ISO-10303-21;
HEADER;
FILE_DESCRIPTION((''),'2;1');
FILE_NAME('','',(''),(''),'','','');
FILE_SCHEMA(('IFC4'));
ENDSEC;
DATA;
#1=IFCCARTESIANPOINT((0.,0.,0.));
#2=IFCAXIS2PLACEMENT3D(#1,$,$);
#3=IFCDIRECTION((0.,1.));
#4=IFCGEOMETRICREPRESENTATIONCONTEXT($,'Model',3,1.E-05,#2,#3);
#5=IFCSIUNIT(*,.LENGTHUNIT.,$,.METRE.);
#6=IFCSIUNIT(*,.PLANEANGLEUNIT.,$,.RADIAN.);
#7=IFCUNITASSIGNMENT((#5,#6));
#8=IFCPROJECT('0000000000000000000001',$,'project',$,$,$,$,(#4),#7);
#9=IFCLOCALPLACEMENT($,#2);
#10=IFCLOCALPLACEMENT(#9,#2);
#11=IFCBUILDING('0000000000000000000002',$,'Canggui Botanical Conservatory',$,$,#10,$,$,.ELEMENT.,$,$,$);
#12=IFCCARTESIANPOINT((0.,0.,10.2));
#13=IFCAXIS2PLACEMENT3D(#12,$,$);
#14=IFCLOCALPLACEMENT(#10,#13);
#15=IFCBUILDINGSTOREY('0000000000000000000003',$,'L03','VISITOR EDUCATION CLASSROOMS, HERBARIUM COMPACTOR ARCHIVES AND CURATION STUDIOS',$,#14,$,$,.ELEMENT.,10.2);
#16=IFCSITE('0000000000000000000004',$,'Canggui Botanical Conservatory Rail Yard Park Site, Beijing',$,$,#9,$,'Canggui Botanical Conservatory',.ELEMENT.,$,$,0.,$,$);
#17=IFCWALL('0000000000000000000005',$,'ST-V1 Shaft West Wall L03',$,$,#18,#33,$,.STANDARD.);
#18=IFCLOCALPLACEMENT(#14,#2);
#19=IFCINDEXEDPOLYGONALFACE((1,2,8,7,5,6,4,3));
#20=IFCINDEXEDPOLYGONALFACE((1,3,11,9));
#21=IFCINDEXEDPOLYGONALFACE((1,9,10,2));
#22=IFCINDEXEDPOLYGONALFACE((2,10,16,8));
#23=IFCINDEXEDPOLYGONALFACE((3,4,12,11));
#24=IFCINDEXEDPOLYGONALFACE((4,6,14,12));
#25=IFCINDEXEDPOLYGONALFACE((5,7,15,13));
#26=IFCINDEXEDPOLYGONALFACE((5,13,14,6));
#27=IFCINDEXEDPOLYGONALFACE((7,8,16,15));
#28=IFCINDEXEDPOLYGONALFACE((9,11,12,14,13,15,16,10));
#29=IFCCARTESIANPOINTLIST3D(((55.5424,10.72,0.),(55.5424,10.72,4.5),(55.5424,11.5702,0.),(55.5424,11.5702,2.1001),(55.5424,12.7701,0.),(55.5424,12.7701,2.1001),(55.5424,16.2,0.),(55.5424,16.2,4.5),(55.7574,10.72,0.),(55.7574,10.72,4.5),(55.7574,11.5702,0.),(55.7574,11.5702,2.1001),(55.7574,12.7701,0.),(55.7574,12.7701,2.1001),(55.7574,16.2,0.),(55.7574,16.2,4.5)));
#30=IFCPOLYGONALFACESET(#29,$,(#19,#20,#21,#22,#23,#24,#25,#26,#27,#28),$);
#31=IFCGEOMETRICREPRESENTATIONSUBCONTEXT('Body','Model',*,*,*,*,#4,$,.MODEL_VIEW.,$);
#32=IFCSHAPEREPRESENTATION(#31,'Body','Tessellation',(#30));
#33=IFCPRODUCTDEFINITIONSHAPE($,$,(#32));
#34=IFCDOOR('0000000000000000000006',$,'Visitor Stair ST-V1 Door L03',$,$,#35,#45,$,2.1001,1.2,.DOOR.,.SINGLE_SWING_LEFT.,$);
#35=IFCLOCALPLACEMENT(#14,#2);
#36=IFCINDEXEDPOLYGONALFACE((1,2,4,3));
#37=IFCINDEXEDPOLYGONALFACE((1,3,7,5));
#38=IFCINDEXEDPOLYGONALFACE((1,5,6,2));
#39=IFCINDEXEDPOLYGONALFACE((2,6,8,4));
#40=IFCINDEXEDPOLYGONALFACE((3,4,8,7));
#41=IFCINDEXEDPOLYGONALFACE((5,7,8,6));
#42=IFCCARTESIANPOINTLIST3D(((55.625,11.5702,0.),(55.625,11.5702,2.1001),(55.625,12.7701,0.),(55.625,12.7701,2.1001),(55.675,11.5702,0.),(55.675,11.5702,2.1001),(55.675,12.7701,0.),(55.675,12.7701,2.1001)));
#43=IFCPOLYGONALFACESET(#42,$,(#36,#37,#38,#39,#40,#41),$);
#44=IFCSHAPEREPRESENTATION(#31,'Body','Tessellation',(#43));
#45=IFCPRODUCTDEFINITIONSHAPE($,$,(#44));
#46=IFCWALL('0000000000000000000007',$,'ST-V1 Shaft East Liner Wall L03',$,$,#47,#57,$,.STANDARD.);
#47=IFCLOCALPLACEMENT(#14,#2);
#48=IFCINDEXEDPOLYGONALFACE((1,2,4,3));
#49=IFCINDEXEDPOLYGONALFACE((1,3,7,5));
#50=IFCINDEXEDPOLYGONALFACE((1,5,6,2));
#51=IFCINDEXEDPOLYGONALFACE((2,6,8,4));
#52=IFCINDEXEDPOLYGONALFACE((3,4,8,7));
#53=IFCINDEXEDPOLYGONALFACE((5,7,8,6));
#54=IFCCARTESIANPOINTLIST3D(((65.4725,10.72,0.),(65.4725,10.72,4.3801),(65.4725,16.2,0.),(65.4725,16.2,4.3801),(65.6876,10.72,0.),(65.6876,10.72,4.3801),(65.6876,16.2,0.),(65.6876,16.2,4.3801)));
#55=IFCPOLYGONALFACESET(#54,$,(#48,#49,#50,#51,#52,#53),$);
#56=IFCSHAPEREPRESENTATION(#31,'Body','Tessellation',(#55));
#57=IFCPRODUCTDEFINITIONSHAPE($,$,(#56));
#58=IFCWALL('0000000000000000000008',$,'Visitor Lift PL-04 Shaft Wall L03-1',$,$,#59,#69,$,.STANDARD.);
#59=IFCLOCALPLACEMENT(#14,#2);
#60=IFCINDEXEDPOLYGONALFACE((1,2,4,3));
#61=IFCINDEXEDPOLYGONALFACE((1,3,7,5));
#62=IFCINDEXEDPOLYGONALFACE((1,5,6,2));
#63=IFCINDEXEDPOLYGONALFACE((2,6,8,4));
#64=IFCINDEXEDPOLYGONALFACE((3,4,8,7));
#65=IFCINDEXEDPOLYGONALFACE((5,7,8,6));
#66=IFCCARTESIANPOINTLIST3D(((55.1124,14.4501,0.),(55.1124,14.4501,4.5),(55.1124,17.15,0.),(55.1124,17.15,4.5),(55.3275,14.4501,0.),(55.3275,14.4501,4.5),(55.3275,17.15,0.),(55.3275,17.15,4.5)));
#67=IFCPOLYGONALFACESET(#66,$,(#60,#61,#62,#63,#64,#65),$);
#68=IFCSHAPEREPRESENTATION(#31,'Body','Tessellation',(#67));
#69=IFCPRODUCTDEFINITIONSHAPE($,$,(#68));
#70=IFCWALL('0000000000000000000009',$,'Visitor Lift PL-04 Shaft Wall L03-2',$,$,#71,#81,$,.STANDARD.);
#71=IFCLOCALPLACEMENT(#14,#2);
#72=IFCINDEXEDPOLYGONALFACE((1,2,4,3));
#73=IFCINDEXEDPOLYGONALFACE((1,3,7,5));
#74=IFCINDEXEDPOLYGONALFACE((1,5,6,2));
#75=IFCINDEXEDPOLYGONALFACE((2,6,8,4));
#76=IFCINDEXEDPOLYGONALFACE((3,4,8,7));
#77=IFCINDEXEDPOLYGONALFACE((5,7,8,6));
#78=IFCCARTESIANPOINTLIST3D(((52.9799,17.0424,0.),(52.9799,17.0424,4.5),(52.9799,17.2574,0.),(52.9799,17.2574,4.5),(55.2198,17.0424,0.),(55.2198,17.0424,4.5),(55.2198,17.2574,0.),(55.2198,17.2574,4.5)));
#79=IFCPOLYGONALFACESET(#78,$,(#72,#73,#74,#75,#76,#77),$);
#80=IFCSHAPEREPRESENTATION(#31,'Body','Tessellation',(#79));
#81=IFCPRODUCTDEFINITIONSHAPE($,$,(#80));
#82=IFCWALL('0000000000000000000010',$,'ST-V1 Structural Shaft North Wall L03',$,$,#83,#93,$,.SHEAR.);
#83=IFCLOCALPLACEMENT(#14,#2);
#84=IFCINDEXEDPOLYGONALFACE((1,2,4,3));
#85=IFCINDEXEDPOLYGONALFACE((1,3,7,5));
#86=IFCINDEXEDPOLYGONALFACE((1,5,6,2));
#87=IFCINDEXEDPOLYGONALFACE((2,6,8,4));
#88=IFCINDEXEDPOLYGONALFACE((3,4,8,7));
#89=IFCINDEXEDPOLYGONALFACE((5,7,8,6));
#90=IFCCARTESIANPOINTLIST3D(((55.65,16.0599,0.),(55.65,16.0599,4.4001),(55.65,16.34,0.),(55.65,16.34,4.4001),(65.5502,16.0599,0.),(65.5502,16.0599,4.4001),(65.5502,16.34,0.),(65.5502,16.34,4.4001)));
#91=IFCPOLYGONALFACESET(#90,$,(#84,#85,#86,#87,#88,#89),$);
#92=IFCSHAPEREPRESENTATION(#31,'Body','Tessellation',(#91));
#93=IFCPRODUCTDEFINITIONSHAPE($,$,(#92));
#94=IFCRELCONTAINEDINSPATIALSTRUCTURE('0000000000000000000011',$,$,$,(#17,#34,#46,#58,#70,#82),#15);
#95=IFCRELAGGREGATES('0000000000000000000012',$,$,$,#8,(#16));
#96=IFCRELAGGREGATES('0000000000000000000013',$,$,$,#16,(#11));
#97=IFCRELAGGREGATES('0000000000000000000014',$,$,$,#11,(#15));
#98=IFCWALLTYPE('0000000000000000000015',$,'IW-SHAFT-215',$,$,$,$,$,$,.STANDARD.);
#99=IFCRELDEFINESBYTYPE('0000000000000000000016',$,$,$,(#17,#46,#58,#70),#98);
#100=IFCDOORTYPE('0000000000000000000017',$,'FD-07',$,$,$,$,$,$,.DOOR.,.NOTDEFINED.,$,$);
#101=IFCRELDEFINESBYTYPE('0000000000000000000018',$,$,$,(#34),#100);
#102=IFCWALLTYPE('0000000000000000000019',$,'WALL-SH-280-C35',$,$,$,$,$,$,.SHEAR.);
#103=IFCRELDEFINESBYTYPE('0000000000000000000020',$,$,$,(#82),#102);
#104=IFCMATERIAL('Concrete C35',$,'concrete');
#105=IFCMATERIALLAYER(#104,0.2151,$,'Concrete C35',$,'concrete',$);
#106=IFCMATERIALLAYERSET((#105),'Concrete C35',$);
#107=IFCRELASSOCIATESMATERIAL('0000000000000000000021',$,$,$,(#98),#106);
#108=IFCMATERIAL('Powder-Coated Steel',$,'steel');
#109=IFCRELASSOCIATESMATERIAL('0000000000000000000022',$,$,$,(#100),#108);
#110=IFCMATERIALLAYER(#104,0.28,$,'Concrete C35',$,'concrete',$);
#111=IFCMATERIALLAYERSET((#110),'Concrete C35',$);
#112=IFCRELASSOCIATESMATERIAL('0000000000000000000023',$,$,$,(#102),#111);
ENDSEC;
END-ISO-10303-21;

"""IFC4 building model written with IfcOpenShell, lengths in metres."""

from ifc_helpers import new_model, si_unit, direction, frame, frame_2d, origin, place, context, subcontext, project, spatial, rectangle, extrude, material, layer, layer_set, type_object, element, fill, save


model = new_model("IFC4")

# Units and contexts
model_context = context("Model", 3, precision=1e-05, world=origin(), true_north=direction((0.0, 1.0)))
body_context = subcontext(model_context, "Body", "Model", "MODEL_VIEW")
ifc_project = project(units=[si_unit("LENGTHUNIT", "METRE"), si_unit("PLANEANGLEUNIT", "RADIAN")], contexts=[model_context])

# Site, building, storey
site_placement = place(None, origin())
site = spatial("IfcSite", under=ifc_project, at=site_placement, Name="Canggui Botanical Conservatory Rail Yard Park Site, Beijing", LongName="Canggui Botanical Conservatory", CompositionType="ELEMENT", RefElevation=0.0)
building_placement = place(site_placement, origin())
building = spatial("IfcBuilding", under=site, at=building_placement, Name="Canggui Botanical Conservatory", CompositionType="ELEMENT")
storey_placement = place(building_placement, frame((0.0, 0.0, 10.2)))
storey = spatial("IfcBuildingStorey", under=building, at=storey_placement, Name="L03", Description="VISITOR EDUCATION CLASSROOMS, HERBARIUM COMPACTOR ARCHIVES AND CURATION STUDIOS", CompositionType="ELEMENT", Elevation=10.2)

# Shared definitions
ifc_material_1 = material(Name="Concrete C35", Category="concrete")

# Wall, opening, door
ifc_material_2 = material(Name="Powder-Coated Steel", Category="steel")
ifc_layer_1 = layer(ifc_material_1, 0.2151, Name="Concrete C35", Category="concrete")
ifc_layer_set_1 = layer_set([ifc_layer_1], Name="Concrete C35")
wall_type_1 = type_object("IfcWallType", Name="IW-SHAFT-215", PredefinedType="STANDARD", material=ifc_layer_set_1)
wall_1_placement = place(storey_placement, frame((55.6499, 10.72, 0.0), z_axis=(0.0, 0.0, 1.0), x_axis=(0.0, 1.0, 0.0)))
wall_1 = element("IfcWall", 1, at=wall_1_placement, inside=storey, type_object=wall_type_1, Name="ST-V1 Shaft West Wall L03", PredefinedType="STANDARD", context=body_context, shape_type="SweptSolid", body=[
    extrude(rectangle(XDim=5.48, YDim=0.2151, at=frame_2d((2.74, 0.0))), origin(), (0.0, 0.0, 1.0), 4.5),
])
opening_1_placement = place(wall_1_placement, frame((0.8501, 0.0, 0.0)))
opening_1 = element("IfcOpeningElement", 2, at=opening_1_placement, cuts=wall_1, PredefinedType="OPENING", context=body_context, shape_type="SweptSolid", body=[
    extrude(rectangle(XDim=1.2, YDim=2.1001, at=frame_2d((0.6001, 1.05))), frame((0.0, 0.1177, 0.0), z_axis=(0.0, -1.0, 0.0), x_axis=(1.0, 0.0, 0.0)), (0.0, 0.0, 1.0), 0.2351),
])
door_type_1 = type_object("IfcDoorType", Name="FD-07", OperationType="NOTDEFINED", PredefinedType="DOOR", material=ifc_material_2)
door_1_placement = place(opening_1_placement, origin())
door_1 = element("IfcDoor", 3, at=door_1_placement, inside=storey, type_object=door_type_1, Name="Visitor Stair ST-V1 Door L03", OperationType="SINGLE_SWING_LEFT", OverallHeight=2.1001, OverallWidth=1.2, PredefinedType="DOOR", context=body_context, shape_type="SweptSolid", body=[
    extrude(rectangle(XDim=1.2, YDim=2.1001, at=frame_2d((0.6001, 1.05))), frame((0.0, 0.0249, 0.0), z_axis=(0.0, -1.0, 0.0), x_axis=(1.0, 0.0, 0.0)), (0.0, 0.0, 1.0), 0.05),
])
fill(opening_1, door_1)

# Walls
wall_2_placement = place(storey_placement, frame((65.5801, 10.72, 0.0), z_axis=(0.0, 0.0, 1.0), x_axis=(0.0, 1.0, 0.0)))
element("IfcWall", 4, at=wall_2_placement, inside=storey, type_object=wall_type_1, Name="ST-V1 Shaft East Liner Wall L03", PredefinedType="STANDARD", context=body_context, shape_type="SweptSolid", body=[
    extrude(rectangle(XDim=5.48, YDim=0.2151, at=frame_2d((2.74, 0.0))), origin(), (0.0, 0.0, 1.0), 4.3801),
])
wall_3_placement = place(storey_placement, frame((55.22, 14.45, 0.0), z_axis=(0.0, 0.0, 1.0), x_axis=(0.0, 1.0, 0.0)))
element("IfcWall", 5, at=wall_3_placement, inside=storey, type_object=wall_type_1, Name="Visitor Lift PL-04 Shaft Wall L03-1", PredefinedType="STANDARD", context=body_context, shape_type="SweptSolid", body=[
    extrude(rectangle(XDim=2.7, YDim=0.2151, at=frame_2d((1.3501, 0.0))), origin(), (0.0, 0.0, 1.0), 4.5),
])
wall_4_placement = place(storey_placement, frame((55.22, 17.1499, 0.0), z_axis=(0.0, 0.0, 1.0), x_axis=(-1.0, 0.0, 0.0)))
element("IfcWall", 6, at=wall_4_placement, inside=storey, type_object=wall_type_1, Name="Visitor Lift PL-04 Shaft Wall L03-2", PredefinedType="STANDARD", context=body_context, shape_type="SweptSolid", body=[
    extrude(rectangle(XDim=2.24, YDim=0.2151, at=frame_2d((1.1201, 0.0))), origin(), (0.0, 0.0, 1.0), 4.5),
])
ifc_layer_2 = layer(ifc_material_1, 0.28, Name="Concrete C35", Category="concrete")
ifc_layer_set_2 = layer_set([ifc_layer_2], Name="Concrete C35")
wall_type_2 = type_object("IfcWallType", Name="WALL-SH-280-C35", PredefinedType="SHEAR", material=ifc_layer_set_2)
wall_5_placement = place(storey_placement, frame((55.6499, 16.2, 0.0), z_axis=(0.0, 0.0, 1.0), x_axis=(1.0, 0.0, 0.0)))
element("IfcWall", 7, at=wall_5_placement, inside=storey, type_object=wall_type_2, Name="ST-V1 Structural Shaft North Wall L03", PredefinedType="SHEAR", context=body_context, shape_type="SweptSolid", body=[
    extrude(rectangle(XDim=9.9001, YDim=0.28, at=frame_2d((4.9502, 0.0))), origin(), (0.0, 0.0, 1.0), 4.4001),
])

save(model, "model.ifc")
